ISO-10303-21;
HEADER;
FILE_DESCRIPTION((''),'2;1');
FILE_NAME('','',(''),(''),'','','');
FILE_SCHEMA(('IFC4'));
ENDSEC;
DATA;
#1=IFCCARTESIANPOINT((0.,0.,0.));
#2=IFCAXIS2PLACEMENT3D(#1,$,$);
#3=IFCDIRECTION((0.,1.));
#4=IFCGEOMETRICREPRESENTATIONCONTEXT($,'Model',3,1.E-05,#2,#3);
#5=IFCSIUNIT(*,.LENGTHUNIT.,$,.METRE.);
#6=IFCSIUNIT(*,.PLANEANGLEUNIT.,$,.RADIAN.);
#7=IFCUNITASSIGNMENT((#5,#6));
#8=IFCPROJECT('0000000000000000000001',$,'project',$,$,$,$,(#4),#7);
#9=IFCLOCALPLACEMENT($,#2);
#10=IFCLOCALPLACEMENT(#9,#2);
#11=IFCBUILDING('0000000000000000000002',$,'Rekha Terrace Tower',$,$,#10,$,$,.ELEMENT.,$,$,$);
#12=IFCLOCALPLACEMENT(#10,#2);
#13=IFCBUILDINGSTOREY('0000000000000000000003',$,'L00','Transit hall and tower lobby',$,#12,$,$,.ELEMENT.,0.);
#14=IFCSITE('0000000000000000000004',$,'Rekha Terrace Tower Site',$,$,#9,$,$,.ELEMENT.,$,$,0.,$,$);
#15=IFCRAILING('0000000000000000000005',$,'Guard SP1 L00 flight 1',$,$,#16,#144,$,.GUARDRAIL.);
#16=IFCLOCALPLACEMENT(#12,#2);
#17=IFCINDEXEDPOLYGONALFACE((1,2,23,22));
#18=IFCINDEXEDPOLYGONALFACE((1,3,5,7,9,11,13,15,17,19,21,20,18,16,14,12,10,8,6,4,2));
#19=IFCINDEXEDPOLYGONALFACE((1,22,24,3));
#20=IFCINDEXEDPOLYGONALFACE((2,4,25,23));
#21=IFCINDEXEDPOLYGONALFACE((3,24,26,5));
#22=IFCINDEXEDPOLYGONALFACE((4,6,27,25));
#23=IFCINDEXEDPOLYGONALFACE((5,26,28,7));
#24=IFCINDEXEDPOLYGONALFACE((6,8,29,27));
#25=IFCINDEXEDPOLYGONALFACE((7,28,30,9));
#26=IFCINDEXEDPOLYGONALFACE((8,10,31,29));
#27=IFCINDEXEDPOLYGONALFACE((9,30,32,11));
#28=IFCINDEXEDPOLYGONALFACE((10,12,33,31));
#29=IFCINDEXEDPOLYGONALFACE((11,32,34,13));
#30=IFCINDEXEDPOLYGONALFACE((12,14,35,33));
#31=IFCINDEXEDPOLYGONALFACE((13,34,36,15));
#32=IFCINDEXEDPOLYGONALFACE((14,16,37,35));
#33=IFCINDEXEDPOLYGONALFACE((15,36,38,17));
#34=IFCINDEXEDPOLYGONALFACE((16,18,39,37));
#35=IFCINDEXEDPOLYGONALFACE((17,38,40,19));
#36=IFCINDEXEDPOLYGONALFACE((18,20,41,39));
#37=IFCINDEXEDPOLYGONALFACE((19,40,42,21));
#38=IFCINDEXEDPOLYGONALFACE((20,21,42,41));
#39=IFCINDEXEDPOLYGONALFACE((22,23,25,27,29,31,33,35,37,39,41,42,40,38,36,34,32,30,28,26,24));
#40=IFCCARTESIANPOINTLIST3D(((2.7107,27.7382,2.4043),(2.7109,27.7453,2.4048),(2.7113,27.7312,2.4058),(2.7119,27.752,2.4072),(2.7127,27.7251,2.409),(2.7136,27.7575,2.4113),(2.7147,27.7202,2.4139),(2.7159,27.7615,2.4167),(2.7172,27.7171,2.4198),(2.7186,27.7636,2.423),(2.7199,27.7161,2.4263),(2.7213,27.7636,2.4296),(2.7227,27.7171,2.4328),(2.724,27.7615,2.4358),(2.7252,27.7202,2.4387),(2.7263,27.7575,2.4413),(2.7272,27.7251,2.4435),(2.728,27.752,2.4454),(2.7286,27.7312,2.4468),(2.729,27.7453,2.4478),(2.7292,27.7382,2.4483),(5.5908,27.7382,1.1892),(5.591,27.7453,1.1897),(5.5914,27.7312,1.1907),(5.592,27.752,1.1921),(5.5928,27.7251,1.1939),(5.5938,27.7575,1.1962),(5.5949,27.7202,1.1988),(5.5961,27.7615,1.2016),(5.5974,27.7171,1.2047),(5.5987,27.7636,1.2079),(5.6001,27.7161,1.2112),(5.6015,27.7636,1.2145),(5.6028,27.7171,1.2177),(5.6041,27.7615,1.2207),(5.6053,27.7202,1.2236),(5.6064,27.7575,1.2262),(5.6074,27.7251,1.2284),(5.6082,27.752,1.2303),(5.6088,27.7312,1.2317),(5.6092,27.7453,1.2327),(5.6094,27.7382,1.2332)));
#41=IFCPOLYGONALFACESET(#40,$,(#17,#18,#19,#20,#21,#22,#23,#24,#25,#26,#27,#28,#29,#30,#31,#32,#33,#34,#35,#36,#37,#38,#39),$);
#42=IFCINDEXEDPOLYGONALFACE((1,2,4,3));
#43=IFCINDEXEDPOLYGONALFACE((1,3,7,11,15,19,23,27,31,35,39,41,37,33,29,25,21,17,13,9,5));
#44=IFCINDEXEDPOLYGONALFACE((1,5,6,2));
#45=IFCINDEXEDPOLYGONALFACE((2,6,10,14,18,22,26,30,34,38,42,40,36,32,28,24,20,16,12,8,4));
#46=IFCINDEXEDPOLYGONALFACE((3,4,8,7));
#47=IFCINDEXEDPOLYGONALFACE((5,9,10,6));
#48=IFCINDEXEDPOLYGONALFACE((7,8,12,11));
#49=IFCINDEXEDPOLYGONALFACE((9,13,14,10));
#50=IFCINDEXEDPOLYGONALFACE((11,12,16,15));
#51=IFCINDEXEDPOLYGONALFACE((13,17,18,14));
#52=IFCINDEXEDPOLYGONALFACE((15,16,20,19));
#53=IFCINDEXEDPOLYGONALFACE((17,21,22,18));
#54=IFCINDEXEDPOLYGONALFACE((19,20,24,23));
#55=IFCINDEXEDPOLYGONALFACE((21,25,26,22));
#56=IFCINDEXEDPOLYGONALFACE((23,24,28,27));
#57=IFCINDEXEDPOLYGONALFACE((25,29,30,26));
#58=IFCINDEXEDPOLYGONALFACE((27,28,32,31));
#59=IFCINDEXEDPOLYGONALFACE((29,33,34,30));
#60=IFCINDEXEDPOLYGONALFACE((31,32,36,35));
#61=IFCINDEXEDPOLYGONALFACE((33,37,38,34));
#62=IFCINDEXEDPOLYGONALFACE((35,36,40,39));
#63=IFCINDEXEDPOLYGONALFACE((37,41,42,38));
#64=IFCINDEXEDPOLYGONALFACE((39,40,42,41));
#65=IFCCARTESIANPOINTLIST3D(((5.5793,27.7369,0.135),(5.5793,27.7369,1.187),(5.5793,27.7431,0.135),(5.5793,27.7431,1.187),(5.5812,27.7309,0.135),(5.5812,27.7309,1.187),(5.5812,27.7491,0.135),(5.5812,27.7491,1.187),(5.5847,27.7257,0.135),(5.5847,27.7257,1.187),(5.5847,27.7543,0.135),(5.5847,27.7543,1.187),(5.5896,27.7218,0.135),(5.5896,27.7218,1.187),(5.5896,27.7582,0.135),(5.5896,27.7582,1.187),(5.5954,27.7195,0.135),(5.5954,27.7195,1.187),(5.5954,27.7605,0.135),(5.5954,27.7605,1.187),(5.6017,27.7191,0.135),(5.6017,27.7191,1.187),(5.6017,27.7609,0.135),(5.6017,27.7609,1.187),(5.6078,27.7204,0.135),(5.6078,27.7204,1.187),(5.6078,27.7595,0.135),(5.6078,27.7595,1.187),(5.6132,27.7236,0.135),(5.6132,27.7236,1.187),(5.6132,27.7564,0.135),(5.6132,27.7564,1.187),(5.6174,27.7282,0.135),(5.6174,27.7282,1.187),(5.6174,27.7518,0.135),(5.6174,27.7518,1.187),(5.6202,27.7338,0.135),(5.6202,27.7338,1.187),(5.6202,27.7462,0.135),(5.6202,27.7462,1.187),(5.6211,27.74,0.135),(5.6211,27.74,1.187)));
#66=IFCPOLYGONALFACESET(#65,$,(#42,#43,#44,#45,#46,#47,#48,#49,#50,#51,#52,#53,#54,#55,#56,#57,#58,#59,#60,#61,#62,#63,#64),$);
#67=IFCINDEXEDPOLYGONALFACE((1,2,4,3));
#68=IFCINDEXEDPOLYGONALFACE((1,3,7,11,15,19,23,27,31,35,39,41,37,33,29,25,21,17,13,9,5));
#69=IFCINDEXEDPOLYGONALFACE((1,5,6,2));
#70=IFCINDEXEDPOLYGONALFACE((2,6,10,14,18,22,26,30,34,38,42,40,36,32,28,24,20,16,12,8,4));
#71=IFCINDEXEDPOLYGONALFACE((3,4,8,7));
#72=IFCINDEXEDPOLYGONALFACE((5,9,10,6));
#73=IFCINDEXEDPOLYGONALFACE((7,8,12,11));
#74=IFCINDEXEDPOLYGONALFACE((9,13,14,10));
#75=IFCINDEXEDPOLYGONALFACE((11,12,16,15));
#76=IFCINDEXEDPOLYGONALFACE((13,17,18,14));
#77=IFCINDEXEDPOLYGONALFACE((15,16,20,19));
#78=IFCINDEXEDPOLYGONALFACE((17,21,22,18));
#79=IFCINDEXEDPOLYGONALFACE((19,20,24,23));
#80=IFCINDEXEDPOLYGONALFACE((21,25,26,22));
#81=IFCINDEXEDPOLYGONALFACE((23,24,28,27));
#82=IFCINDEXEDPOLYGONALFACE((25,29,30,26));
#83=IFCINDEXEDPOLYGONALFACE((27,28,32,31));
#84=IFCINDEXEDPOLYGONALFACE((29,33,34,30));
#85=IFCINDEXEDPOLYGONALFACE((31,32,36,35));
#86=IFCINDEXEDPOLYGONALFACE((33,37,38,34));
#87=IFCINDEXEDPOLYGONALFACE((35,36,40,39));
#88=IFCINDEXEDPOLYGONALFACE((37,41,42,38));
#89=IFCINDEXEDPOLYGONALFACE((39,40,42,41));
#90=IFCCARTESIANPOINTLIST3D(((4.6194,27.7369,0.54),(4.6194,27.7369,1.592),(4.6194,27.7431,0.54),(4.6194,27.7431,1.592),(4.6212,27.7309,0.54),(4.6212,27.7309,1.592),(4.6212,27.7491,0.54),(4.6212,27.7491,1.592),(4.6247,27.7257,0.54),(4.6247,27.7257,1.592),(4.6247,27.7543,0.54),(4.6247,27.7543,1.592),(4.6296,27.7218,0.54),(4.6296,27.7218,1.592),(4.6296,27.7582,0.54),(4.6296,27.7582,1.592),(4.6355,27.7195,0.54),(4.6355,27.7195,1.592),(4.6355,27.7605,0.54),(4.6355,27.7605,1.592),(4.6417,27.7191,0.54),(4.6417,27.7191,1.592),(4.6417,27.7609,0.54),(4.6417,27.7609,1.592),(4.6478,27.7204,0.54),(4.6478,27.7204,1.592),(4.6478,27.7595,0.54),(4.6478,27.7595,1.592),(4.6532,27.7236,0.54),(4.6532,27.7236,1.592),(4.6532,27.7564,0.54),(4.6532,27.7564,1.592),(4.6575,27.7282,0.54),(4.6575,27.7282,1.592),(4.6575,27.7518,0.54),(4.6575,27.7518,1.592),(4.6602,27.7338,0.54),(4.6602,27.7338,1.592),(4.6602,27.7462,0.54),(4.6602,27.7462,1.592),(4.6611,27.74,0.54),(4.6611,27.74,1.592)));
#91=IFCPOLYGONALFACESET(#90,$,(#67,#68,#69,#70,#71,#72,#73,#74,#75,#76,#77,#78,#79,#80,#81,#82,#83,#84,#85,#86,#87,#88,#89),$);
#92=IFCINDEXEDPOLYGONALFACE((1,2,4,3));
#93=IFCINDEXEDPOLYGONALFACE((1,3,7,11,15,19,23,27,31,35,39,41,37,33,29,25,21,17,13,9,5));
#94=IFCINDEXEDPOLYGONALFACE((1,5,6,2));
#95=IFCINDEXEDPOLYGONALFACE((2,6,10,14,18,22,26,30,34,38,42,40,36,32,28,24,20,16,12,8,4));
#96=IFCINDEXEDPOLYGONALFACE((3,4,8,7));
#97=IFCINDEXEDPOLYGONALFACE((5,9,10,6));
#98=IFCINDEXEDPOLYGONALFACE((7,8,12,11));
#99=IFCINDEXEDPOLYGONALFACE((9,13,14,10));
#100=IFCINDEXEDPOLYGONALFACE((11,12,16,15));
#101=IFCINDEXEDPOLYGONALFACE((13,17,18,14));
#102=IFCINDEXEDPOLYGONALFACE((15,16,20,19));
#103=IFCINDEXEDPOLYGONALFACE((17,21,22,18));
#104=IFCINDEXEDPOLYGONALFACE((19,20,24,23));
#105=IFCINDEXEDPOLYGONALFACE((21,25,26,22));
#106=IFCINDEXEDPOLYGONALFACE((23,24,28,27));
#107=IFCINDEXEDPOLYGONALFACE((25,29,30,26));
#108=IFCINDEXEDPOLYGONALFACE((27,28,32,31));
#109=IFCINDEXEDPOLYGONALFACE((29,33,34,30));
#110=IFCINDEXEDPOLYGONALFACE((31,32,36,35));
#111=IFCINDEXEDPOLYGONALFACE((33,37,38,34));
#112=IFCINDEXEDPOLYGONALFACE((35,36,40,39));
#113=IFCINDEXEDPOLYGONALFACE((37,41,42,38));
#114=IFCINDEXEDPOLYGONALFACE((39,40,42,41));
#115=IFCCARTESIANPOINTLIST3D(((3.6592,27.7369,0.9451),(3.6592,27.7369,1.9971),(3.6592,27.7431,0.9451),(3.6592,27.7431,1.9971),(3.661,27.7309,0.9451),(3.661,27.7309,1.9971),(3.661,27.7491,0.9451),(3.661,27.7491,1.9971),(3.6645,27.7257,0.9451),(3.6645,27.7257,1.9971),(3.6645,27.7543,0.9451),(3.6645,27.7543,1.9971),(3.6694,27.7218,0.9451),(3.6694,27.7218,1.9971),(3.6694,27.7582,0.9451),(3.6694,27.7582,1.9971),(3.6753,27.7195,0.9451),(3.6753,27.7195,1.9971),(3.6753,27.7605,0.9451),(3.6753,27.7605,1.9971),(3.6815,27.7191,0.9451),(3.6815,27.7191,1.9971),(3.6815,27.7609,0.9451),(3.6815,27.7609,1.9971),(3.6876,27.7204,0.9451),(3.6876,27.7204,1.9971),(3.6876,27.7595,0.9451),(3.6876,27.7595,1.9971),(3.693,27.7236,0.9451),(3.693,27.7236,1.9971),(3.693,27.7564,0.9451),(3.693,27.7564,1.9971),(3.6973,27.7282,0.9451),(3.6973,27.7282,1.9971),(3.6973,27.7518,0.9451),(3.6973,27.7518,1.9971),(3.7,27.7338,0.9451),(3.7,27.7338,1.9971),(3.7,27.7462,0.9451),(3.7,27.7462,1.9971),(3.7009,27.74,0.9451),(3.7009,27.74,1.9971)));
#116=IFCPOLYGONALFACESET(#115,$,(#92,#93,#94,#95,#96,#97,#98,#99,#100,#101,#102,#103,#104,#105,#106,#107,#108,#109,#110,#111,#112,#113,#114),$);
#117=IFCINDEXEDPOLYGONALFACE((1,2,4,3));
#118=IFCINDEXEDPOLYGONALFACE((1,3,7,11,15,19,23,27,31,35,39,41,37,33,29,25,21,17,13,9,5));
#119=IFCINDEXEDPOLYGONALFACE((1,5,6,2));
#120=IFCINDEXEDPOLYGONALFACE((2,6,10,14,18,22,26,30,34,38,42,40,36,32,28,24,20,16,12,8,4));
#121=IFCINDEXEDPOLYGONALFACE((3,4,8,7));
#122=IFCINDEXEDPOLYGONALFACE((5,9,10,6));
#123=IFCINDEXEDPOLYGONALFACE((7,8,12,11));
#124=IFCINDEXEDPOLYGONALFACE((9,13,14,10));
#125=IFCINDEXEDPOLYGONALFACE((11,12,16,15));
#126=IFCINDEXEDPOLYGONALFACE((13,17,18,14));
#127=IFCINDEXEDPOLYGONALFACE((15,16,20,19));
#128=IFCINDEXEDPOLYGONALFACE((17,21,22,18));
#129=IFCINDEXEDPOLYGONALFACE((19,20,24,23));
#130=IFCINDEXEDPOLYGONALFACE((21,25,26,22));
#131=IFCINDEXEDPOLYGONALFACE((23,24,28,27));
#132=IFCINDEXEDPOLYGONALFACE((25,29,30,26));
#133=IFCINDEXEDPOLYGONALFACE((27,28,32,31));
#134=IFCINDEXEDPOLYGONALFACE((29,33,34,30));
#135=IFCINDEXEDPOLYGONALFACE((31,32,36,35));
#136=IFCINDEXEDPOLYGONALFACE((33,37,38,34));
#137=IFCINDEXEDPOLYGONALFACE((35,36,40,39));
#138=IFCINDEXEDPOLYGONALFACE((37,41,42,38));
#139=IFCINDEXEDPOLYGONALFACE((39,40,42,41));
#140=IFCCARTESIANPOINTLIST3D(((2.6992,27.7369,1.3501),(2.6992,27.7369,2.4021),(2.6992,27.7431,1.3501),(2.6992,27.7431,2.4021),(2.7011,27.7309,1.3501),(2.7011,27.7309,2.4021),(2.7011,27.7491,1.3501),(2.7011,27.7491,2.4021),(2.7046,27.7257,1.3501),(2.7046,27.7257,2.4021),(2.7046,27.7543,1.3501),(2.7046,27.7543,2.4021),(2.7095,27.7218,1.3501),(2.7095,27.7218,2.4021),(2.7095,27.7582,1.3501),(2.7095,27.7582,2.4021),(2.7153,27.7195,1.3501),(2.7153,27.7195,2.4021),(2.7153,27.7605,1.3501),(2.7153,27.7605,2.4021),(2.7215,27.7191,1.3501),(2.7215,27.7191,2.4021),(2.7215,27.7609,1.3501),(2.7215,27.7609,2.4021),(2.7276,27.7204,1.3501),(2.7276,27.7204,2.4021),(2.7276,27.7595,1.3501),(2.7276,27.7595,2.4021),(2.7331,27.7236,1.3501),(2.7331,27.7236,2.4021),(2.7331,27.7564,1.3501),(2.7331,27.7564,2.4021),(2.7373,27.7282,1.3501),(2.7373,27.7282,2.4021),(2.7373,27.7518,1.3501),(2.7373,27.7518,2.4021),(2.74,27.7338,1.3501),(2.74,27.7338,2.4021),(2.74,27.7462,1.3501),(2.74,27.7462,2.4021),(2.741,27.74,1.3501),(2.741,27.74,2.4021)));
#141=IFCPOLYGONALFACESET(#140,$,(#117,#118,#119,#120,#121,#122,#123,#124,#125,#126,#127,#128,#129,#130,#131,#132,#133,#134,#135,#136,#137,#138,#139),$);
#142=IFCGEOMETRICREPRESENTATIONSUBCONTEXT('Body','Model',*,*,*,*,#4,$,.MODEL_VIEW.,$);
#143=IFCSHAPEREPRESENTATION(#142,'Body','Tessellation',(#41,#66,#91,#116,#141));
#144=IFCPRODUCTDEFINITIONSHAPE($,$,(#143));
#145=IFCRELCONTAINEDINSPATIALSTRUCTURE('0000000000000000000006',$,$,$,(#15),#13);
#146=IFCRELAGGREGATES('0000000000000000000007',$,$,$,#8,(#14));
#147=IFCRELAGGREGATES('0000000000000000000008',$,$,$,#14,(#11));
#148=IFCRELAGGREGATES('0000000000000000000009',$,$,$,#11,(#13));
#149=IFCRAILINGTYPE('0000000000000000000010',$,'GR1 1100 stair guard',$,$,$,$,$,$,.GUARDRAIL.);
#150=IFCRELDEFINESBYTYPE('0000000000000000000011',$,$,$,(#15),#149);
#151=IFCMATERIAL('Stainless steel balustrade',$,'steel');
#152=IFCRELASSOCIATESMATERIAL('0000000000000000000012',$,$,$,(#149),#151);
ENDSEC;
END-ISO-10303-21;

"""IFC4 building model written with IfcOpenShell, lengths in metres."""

from ifc_helpers import new_model, si_unit, direction, frame, origin, origin_2d, place, context, subcontext, project, spatial, circle, extrude, material, type_object, element, save


model = new_model("IFC4")

# Units and contexts
model_context = context("Model", 3, precision=1e-05, world=origin(), true_north=direction((0.0, 1.0)))
body_context = subcontext(model_context, "Body", "Model", "MODEL_VIEW")
ifc_project = project(units=[si_unit("LENGTHUNIT", "METRE"), si_unit("PLANEANGLEUNIT", "RADIAN")], contexts=[model_context])

# Site, building, storey
site_placement = place(None, origin())
site = spatial("IfcSite", under=ifc_project, at=site_placement, Name="Rekha Terrace Tower Site", CompositionType="ELEMENT", RefElevation=0.0)
building_placement = place(site_placement, origin())
building = spatial("IfcBuilding", under=site, at=building_placement, Name="Rekha Terrace Tower", CompositionType="ELEMENT")
storey_placement = place(building_placement, origin())
storey = spatial("IfcBuildingStorey", under=building, at=storey_placement, Name="L00", Description="Transit hall and tower lobby", CompositionType="ELEMENT", Elevation=0.0)

# Railing
ifc_material_1 = material(Name="Stainless steel balustrade", Category="steel")
railing_type_1 = type_object("IfcRailingType", Name="GR1 1100 stair guard", PredefinedType="GUARDRAIL", material=ifc_material_1)
railing_1_placement = place(storey_placement, frame((5.6001, 27.74, 0.135)))
element("IfcRailing", 1, at=railing_1_placement, inside=storey, type_object=railing_type_1, Name="Guard SP1 L00 flight 1", PredefinedType="GUARDRAIL", context=body_context, shape_type="SweptSolid", body=[
    extrude(circle(Radius=0.0239, at=origin_2d()), frame((0.0, 0.0, 1.0762), z_axis=(-0.92136, 0.0, 0.38871), x_axis=(0.0, -1.0, 0.0)), (0.0, 0.0, 1.0), 3.126),
    extrude(circle(Radius=0.021, at=origin_2d()), origin(), (0.0, 0.0, 1.0), 1.052),
    extrude(circle(Radius=0.021, at=origin_2d()), frame((-0.96, 0.0, 0.405)), (0.0, 0.0, 1.0), 1.052),
    extrude(circle(Radius=0.021, at=origin_2d()), frame((-1.9202, 0.0, 0.8101)), (0.0, 0.0, 1.0), 1.052),
    extrude(circle(Radius=0.021, at=origin_2d()), frame((-2.8801, 0.0, 1.2151)), (0.0, 0.0, 1.0), 1.052),
])

save(model, "model.ifc")
